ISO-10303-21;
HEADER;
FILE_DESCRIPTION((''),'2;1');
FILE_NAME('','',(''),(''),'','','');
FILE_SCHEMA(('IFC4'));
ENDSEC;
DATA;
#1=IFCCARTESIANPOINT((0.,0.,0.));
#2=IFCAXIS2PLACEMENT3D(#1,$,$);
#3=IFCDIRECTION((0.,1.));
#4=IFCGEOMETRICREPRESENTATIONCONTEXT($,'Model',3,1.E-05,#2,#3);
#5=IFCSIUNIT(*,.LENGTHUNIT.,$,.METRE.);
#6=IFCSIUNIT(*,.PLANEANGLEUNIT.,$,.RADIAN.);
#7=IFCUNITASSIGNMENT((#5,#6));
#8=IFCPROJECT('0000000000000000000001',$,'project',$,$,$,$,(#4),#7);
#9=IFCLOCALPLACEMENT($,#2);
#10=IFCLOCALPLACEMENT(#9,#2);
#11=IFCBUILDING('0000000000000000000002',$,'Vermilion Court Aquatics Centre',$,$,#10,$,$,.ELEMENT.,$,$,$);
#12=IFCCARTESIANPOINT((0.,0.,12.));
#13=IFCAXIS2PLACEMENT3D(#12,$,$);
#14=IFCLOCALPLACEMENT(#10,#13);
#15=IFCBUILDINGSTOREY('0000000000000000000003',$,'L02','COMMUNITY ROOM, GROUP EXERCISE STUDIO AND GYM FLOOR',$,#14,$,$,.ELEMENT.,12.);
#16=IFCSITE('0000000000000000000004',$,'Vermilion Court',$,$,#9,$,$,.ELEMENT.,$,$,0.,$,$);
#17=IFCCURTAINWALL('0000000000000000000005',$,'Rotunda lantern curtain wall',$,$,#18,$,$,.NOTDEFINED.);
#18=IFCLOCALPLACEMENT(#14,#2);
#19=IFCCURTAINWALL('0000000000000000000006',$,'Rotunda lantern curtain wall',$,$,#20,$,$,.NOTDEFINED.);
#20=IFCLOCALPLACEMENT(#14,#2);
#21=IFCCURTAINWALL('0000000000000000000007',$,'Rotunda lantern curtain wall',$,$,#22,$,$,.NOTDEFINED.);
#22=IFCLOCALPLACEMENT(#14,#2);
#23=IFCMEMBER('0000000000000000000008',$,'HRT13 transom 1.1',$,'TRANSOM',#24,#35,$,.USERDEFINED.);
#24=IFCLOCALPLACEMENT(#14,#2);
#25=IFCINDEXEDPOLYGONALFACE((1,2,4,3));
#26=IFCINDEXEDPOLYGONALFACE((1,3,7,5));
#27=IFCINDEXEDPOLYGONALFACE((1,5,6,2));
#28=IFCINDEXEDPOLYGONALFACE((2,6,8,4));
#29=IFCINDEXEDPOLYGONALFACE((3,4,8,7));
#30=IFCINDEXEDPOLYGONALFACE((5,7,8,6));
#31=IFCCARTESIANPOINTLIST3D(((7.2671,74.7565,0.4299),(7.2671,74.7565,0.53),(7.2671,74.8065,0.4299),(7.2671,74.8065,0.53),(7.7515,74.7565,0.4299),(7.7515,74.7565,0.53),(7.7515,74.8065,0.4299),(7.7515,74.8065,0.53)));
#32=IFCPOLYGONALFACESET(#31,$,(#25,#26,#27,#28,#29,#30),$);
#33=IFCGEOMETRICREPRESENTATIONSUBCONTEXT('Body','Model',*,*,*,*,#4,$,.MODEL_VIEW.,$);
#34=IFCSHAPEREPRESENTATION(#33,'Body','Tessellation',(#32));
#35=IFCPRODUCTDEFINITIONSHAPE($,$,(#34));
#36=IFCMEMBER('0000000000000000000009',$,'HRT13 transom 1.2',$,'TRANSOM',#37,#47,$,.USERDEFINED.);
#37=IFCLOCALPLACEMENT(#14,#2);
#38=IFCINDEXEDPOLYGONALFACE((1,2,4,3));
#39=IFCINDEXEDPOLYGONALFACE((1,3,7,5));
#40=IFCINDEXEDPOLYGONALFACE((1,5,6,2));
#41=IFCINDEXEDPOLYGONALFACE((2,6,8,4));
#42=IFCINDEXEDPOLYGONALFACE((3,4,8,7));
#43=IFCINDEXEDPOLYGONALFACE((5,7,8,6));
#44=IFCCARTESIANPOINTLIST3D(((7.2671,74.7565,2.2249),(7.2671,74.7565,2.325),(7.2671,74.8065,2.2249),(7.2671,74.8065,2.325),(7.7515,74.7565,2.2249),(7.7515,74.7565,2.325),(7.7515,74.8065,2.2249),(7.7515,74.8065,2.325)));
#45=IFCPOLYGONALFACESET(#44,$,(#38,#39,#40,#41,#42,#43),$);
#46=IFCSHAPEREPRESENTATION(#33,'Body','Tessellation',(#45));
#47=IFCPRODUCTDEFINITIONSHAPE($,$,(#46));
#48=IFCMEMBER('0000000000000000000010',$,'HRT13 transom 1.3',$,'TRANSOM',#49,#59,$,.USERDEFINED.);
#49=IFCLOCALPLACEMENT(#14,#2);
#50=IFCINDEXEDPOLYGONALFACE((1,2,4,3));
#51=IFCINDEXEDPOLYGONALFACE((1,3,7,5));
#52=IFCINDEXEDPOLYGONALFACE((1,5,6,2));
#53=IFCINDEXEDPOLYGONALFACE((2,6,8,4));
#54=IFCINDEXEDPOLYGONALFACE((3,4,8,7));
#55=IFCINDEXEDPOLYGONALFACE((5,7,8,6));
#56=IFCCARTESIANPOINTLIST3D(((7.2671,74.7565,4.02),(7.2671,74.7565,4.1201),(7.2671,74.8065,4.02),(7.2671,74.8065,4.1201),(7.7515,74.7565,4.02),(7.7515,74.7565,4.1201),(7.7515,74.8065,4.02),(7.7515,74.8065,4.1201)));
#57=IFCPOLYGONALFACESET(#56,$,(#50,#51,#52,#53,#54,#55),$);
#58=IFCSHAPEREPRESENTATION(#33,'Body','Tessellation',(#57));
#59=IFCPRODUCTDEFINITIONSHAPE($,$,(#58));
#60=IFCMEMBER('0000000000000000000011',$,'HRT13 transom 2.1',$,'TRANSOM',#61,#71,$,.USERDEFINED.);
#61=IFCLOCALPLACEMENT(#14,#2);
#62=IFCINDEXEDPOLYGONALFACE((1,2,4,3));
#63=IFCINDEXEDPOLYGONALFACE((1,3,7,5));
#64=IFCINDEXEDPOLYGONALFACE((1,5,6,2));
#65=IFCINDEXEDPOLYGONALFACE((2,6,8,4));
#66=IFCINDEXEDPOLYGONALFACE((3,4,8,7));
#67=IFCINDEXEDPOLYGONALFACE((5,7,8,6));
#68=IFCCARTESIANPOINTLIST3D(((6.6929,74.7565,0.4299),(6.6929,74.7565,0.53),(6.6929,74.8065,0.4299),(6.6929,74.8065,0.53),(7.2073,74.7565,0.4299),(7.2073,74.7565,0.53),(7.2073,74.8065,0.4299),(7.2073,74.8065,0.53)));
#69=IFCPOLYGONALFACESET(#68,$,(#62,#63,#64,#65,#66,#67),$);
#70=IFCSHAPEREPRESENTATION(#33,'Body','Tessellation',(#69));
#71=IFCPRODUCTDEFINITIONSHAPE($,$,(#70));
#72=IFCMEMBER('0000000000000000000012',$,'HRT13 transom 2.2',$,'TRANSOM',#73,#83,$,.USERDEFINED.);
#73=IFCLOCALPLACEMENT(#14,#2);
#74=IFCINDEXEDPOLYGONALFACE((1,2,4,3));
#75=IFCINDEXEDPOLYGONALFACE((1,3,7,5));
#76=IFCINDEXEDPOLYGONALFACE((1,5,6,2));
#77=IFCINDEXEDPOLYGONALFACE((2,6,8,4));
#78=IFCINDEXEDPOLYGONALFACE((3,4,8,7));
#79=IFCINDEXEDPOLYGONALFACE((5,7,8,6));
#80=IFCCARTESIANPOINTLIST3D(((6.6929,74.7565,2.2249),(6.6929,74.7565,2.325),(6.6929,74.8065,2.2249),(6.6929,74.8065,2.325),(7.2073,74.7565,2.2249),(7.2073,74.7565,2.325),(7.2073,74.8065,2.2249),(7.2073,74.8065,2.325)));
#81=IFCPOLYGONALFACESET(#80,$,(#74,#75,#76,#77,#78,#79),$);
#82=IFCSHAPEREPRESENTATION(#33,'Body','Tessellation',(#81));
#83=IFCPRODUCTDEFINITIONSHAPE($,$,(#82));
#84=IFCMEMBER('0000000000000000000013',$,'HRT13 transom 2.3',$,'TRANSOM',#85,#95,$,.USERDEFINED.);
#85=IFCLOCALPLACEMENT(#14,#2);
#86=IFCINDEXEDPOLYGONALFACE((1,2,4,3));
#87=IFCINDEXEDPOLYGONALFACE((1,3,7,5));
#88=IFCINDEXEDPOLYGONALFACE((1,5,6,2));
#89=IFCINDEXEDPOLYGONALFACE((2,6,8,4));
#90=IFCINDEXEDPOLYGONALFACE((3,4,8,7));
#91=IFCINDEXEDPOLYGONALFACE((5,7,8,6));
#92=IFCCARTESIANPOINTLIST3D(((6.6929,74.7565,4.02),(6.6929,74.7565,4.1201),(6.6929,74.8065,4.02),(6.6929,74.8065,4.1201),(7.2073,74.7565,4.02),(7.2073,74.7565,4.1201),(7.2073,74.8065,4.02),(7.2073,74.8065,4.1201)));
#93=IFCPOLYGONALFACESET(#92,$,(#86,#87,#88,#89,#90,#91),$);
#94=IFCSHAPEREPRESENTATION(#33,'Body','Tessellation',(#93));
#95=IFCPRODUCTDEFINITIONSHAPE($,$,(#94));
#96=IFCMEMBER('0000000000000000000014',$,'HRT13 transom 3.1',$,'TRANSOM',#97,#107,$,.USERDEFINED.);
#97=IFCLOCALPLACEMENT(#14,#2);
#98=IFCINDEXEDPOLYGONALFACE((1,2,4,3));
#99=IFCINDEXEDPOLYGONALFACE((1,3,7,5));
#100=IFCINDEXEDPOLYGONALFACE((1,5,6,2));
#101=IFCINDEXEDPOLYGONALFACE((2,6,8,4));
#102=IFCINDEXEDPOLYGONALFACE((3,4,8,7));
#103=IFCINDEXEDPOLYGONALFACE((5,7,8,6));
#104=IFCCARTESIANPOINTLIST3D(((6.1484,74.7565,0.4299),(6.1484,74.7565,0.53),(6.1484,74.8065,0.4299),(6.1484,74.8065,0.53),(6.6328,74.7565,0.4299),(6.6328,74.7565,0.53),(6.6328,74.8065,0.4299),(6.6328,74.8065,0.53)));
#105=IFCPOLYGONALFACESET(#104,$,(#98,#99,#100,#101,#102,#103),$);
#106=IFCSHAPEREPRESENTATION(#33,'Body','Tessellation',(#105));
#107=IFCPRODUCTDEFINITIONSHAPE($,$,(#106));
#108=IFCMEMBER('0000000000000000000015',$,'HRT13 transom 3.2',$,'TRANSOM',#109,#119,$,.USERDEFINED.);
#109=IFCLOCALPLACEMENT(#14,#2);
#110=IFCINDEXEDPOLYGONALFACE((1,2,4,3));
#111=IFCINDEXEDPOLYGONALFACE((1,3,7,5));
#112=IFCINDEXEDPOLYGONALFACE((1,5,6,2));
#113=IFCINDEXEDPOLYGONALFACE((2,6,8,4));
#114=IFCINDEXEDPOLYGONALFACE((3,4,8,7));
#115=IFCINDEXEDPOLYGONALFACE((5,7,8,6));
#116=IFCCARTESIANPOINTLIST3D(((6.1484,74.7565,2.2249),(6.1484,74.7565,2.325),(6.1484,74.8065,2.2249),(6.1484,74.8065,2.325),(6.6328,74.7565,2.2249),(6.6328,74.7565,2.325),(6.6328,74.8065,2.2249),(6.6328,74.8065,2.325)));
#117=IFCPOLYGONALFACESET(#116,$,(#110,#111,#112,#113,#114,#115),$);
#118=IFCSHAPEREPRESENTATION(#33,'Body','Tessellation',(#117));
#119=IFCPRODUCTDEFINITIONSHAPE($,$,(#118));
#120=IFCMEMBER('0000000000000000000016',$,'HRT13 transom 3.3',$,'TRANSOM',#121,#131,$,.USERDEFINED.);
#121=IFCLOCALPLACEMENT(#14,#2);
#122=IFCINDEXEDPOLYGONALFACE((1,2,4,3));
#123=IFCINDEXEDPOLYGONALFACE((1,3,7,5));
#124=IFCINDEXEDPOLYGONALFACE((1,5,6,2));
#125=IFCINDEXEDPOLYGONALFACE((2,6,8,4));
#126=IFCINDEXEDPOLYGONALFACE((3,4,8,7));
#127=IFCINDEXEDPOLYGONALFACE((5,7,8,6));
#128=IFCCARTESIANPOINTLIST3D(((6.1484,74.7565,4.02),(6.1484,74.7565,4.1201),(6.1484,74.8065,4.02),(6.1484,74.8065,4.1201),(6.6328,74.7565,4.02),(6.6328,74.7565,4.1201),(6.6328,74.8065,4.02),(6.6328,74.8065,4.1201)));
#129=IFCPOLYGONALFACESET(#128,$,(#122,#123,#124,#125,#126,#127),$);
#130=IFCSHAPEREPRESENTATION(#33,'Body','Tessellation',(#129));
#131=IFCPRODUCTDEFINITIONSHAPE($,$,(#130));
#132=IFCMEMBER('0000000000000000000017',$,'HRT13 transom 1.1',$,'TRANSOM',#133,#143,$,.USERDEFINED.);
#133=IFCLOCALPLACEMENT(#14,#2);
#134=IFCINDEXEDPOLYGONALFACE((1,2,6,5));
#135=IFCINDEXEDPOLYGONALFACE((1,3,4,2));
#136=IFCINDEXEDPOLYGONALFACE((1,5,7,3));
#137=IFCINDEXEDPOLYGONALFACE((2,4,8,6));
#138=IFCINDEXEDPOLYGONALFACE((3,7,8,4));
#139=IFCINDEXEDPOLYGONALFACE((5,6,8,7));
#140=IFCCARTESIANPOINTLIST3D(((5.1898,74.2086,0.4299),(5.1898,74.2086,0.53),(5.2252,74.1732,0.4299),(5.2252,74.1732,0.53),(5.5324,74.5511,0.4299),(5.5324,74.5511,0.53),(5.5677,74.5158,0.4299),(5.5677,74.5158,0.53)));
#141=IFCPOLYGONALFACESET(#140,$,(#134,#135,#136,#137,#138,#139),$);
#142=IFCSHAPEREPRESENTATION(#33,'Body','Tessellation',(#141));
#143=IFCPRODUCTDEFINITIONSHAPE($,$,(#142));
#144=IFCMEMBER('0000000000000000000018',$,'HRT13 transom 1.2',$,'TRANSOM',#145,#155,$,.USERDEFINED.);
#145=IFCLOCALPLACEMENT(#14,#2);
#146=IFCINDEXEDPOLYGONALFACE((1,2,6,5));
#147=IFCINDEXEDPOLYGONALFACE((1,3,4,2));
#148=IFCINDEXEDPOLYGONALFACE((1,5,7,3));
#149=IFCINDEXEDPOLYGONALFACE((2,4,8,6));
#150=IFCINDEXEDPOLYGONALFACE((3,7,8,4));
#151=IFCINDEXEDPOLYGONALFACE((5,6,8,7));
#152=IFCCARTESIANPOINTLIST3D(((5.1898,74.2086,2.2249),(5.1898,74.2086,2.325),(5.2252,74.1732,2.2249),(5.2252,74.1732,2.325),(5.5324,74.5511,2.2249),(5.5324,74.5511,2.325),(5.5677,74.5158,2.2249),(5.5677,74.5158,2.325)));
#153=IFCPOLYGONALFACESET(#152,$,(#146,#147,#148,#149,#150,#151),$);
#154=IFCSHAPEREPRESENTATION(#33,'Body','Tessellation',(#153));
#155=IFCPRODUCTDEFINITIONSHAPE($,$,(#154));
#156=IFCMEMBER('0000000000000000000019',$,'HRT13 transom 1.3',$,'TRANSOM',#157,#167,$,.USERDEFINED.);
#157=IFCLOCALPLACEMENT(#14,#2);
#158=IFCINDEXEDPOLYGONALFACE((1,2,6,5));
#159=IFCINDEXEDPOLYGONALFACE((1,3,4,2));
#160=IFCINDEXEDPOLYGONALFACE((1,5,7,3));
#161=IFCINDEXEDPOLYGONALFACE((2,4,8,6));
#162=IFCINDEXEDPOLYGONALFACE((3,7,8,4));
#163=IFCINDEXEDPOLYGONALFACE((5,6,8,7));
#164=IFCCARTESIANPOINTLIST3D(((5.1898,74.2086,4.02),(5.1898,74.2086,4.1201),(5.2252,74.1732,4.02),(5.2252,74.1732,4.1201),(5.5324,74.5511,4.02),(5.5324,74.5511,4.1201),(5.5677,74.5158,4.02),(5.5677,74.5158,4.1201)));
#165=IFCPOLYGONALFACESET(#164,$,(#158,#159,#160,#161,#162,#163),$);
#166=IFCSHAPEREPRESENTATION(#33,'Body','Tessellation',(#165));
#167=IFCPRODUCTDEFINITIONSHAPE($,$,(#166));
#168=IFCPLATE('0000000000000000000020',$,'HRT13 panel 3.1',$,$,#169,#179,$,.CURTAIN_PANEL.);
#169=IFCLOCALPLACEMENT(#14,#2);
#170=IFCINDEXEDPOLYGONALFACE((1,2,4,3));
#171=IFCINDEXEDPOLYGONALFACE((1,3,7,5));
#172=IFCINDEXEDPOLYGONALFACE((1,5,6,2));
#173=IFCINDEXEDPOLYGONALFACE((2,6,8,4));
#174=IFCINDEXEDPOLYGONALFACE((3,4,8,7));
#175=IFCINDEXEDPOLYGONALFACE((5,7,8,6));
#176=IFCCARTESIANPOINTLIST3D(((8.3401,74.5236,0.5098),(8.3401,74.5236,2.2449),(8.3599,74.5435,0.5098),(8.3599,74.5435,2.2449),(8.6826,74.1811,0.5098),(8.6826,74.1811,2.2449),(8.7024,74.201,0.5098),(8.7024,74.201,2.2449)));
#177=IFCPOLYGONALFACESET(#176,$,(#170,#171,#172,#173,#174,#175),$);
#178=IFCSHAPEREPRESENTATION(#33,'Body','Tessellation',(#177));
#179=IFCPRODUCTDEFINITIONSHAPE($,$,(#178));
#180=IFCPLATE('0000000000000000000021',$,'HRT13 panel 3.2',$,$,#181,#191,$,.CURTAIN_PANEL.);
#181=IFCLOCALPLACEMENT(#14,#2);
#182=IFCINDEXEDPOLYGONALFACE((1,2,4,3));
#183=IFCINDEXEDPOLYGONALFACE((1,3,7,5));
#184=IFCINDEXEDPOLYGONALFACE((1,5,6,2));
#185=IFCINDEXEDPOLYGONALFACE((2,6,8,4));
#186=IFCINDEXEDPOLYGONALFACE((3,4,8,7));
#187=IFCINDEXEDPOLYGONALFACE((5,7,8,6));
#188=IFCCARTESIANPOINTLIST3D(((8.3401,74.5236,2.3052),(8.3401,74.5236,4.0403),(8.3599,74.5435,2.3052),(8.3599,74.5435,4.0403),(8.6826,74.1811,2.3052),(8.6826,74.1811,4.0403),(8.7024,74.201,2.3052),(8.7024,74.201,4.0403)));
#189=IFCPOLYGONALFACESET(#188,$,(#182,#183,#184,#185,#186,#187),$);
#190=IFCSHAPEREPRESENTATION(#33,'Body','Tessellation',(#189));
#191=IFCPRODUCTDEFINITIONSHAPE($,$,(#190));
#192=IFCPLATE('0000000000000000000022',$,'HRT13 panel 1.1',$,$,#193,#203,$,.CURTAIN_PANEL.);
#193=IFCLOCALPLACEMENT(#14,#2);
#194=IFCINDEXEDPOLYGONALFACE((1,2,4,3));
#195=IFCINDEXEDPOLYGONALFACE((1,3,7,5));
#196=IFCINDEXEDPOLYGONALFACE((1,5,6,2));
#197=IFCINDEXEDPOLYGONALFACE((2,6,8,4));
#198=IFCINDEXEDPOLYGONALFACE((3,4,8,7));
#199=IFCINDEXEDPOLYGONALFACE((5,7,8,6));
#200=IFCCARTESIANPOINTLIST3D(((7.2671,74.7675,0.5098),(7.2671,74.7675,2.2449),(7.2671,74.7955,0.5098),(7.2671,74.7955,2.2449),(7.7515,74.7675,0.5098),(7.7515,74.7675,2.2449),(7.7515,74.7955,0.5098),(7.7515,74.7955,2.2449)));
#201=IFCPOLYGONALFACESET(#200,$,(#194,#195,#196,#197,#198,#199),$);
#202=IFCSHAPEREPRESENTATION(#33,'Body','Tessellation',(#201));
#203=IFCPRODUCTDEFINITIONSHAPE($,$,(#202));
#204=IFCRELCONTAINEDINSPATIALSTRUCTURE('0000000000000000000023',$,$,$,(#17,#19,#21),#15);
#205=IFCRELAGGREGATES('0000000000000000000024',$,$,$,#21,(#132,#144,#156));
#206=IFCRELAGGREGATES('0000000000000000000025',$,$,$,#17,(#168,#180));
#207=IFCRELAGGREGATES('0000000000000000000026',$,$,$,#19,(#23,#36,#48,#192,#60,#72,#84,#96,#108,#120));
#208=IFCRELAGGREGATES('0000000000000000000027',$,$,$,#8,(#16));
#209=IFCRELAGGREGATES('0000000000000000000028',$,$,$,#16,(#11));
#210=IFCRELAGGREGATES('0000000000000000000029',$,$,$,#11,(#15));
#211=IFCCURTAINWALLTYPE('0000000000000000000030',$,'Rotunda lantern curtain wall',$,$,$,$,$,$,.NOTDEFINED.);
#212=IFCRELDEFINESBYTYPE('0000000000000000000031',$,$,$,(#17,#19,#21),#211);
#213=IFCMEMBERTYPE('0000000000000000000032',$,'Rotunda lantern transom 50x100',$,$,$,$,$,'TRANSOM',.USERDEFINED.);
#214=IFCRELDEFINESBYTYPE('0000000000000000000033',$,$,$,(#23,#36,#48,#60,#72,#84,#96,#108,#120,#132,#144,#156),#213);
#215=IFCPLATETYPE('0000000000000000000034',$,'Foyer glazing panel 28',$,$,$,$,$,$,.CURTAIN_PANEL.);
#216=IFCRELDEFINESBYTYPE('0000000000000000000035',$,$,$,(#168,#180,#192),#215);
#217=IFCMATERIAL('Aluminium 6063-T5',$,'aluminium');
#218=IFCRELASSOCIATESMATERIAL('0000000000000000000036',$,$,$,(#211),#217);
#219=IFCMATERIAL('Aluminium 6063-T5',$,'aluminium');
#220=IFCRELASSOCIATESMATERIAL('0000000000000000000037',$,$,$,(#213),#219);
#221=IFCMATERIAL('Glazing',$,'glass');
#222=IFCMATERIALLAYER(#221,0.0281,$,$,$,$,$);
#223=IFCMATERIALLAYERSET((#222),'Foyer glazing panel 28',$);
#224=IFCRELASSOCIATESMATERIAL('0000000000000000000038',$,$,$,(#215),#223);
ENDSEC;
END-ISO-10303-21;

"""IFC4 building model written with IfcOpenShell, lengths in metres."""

from ifc_helpers import new_model, si_unit, direction, frame, origin, origin_2d, place, context, subcontext, project, spatial, rectangle, extrude, material, layer, layer_set, material_profile, profile_set, type_object, element, aggregate, save


model = new_model("IFC4")

# Units and contexts
model_context = context("Model", 3, precision=1e-05, world=origin(), true_north=direction((0.0, 1.0)))
body_context = subcontext(model_context, "Body", "Model", "MODEL_VIEW")
ifc_project = project(units=[si_unit("LENGTHUNIT", "METRE"), si_unit("PLANEANGLEUNIT", "RADIAN")], contexts=[model_context])

# Site, building, storey
site_placement = place(None, origin())
site = spatial("IfcSite", under=ifc_project, at=site_placement, Name="Vermilion Court", CompositionType="ELEMENT", RefElevation=0.0)
building_placement = place(site_placement, origin())
building = spatial("IfcBuilding", under=site, at=building_placement, Name="Vermilion Court Aquatics Centre", CompositionType="ELEMENT")
storey_placement = place(building_placement, frame((0.0, 0.0, 12.0)))
storey = spatial("IfcBuildingStorey", under=building, at=storey_placement, Name="L02", Description="COMMUNITY ROOM, GROUP EXERCISE STUDIO AND GYM FLOOR", CompositionType="ELEMENT", Elevation=12.0)

# Curtain walls
ifc_material_1 = material(Name="Aluminium 6063-T5", Category="aluminium")
curtain_wall_type = type_object("IfcCurtainWallType", Name="Rotunda lantern curtain wall", PredefinedType="NOTDEFINED", material=ifc_material_1)
curtain_wall_1_placement = place(storey_placement, origin())
curtain_wall_1 = element("IfcCurtainWall", 1, at=curtain_wall_1_placement, inside=storey, type_object=curtain_wall_type, Name="Rotunda lantern curtain wall", PredefinedType="NOTDEFINED")
curtain_wall_2_placement = place(storey_placement, origin())
curtain_wall_2 = element("IfcCurtainWall", 2, at=curtain_wall_2_placement, inside=storey, type_object=curtain_wall_type, Name="Rotunda lantern curtain wall", PredefinedType="NOTDEFINED")

# Curtain wall
curtain_wall_3_placement = place(storey_placement, origin())
curtain_wall_3 = element("IfcCurtainWall", 3, at=curtain_wall_3_placement, inside=storey, type_object=curtain_wall_type, Name="Rotunda lantern curtain wall", PredefinedType="NOTDEFINED")

# Members
ifc_material_2 = material(Name="Aluminium 6063-T5", Category="aluminium")
ifc_material_profile_1 = material_profile(ifc_material_2, rectangle(XDim=0.05, YDim=0.1001, at=origin_2d()), Name="Aluminium 50x100")
ifc_profile_set_1 = profile_set([ifc_material_profile_1], Name="Aluminium 6063-T5")
member_type_1 = type_object("IfcMemberType", Name="Rotunda lantern transom 50x100", ElementType="TRANSOM", PredefinedType="USERDEFINED", material=ifc_profile_set_1)
member_1_placement = place(storey_placement, frame((7.7515, 74.7815, 0.48), z_axis=(-1.0, 0.0, 0.0), x_axis=(0.0, -1.0, 0.0)))
member_1 = element("IfcMember", 4, at=member_1_placement, type_object=member_type_1, Name="HRT13 transom 1.1", ObjectType="TRANSOM", PredefinedType="USERDEFINED", context=body_context, shape_type="SweptSolid", body=[
    extrude(rectangle(XDim=0.05, YDim=0.1001, at=origin_2d()), origin(), (0.0, 0.0, 1.0), 0.4844),
])
member_2_placement = place(storey_placement, frame((7.7515, 74.7815, 2.2749), z_axis=(-1.0, 0.0, 0.0), x_axis=(0.0, -1.0, 0.0)))
member_2 = element("IfcMember", 5, at=member_2_placement, type_object=member_type_1, Name="HRT13 transom 1.2", ObjectType="TRANSOM", PredefinedType="USERDEFINED", context=body_context, shape_type="SweptSolid", body=[
    extrude(rectangle(XDim=0.05, YDim=0.1001, at=origin_2d()), origin(), (0.0, 0.0, 1.0), 0.4844),
])
member_3_placement = place(storey_placement, frame((7.7515, 74.7815, 4.0701), z_axis=(-1.0, 0.0, 0.0), x_axis=(0.0, -1.0, 0.0)))
member_3 = element("IfcMember", 6, at=member_3_placement, type_object=member_type_1, Name="HRT13 transom 1.3", ObjectType="TRANSOM", PredefinedType="USERDEFINED", context=body_context, shape_type="SweptSolid", body=[
    extrude(rectangle(XDim=0.05, YDim=0.1001, at=origin_2d()), origin(), (0.0, 0.0, 1.0), 0.4844),
])
member_4_placement = place(storey_placement, frame((7.2073, 74.7815, 0.48), z_axis=(-1.0, 0.0, 0.0), x_axis=(0.0, -1.0, 0.0)))
member_4 = element("IfcMember", 7, at=member_4_placement, type_object=member_type_1, Name="HRT13 transom 2.1", ObjectType="TRANSOM", PredefinedType="USERDEFINED", context=body_context, shape_type="SweptSolid", body=[
    extrude(rectangle(XDim=0.05, YDim=0.1001, at=origin_2d()), origin(), (0.0, 0.0, 1.0), 0.5144),
])
member_5_placement = place(storey_placement, frame((7.2073, 74.7815, 2.2749), z_axis=(-1.0, 0.0, 0.0), x_axis=(0.0, -1.0, 0.0)))
member_5 = element("IfcMember", 8, at=member_5_placement, type_object=member_type_1, Name="HRT13 transom 2.2", ObjectType="TRANSOM", PredefinedType="USERDEFINED", context=body_context, shape_type="SweptSolid", body=[
    extrude(rectangle(XDim=0.05, YDim=0.1001, at=origin_2d()), origin(), (0.0, 0.0, 1.0), 0.5144),
])
member_6_placement = place(storey_placement, frame((7.2073, 74.7815, 4.0701), z_axis=(-1.0, 0.0, 0.0), x_axis=(0.0, -1.0, 0.0)))
member_6 = element("IfcMember", 9, at=member_6_placement, type_object=member_type_1, Name="HRT13 transom 2.3", ObjectType="TRANSOM", PredefinedType="USERDEFINED", context=body_context, shape_type="SweptSolid", body=[
    extrude(rectangle(XDim=0.05, YDim=0.1001, at=origin_2d()), origin(), (0.0, 0.0, 1.0), 0.5144),
])
member_7_placement = place(storey_placement, frame((6.6328, 74.7815, 0.48), z_axis=(-1.0, 0.0, 0.0), x_axis=(0.0, -1.0, 0.0)))
member_7 = element("IfcMember", 10, at=member_7_placement, type_object=member_type_1, Name="HRT13 transom 3.1", ObjectType="TRANSOM", PredefinedType="USERDEFINED", context=body_context, shape_type="SweptSolid", body=[
    extrude(rectangle(XDim=0.05, YDim=0.1001, at=origin_2d()), origin(), (0.0, 0.0, 1.0), 0.4844),
])
member_8_placement = place(storey_placement, frame((6.6328, 74.7815, 2.2749), z_axis=(-1.0, 0.0, 0.0), x_axis=(0.0, -1.0, 0.0)))
member_8 = element("IfcMember", 11, at=member_8_placement, type_object=member_type_1, Name="HRT13 transom 3.2", ObjectType="TRANSOM", PredefinedType="USERDEFINED", context=body_context, shape_type="SweptSolid", body=[
    extrude(rectangle(XDim=0.05, YDim=0.1001, at=origin_2d()), origin(), (0.0, 0.0, 1.0), 0.4844),
])
member_9_placement = place(storey_placement, frame((6.6328, 74.7815, 4.0701), z_axis=(-1.0, 0.0, 0.0), x_axis=(0.0, -1.0, 0.0)))
member_9 = element("IfcMember", 12, at=member_9_placement, type_object=member_type_1, Name="HRT13 transom 3.3", ObjectType="TRANSOM", PredefinedType="USERDEFINED", context=body_context, shape_type="SweptSolid", body=[
    extrude(rectangle(XDim=0.05, YDim=0.1001, at=origin_2d()), origin(), (0.0, 0.0, 1.0), 0.4844),
])
member_10_placement = place(storey_placement, frame((5.55, 74.5334, 0.48), z_axis=(-0.707107, -0.707107, 0.0), x_axis=(0.707107, -0.707107, 0.0)))
member_10 = element("IfcMember", 13, at=member_10_placement, type_object=member_type_1, Name="HRT13 transom 1.1", ObjectType="TRANSOM", PredefinedType="USERDEFINED", context=body_context, shape_type="SweptSolid", body=[
    extrude(rectangle(XDim=0.05, YDim=0.1001, at=origin_2d()), origin(), (0.0, 0.0, 1.0), 0.4844),
])
member_11_placement = place(storey_placement, frame((5.55, 74.5334, 2.2749), z_axis=(-0.707107, -0.707107, 0.0), x_axis=(0.707107, -0.707107, 0.0)))
member_11 = element("IfcMember", 14, at=member_11_placement, type_object=member_type_1, Name="HRT13 transom 1.2", ObjectType="TRANSOM", PredefinedType="USERDEFINED", context=body_context, shape_type="SweptSolid", body=[
    extrude(rectangle(XDim=0.05, YDim=0.1001, at=origin_2d()), origin(), (0.0, 0.0, 1.0), 0.4844),
])
member_12_placement = place(storey_placement, frame((5.55, 74.5334, 4.0701), z_axis=(-0.707107, -0.707107, 0.0), x_axis=(0.707107, -0.707107, 0.0)))
member_12 = element("IfcMember", 15, at=member_12_placement, type_object=member_type_1, Name="HRT13 transom 1.3", ObjectType="TRANSOM", PredefinedType="USERDEFINED", context=body_context, shape_type="SweptSolid", body=[
    extrude(rectangle(XDim=0.05, YDim=0.1001, at=origin_2d()), origin(), (0.0, 0.0, 1.0), 0.4844),
])
aggregate(curtain_wall_3, [member_10, member_11, member_12])

# Plates
ifc_material_3 = material(Name="Glazing", Category="glass")
ifc_layer_1 = layer(ifc_material_3, 0.0281)
ifc_layer_set_1 = layer_set([ifc_layer_1], Name="Foyer glazing panel 28")
plate_type = type_object("IfcPlateType", Name="Foyer glazing panel 28", PredefinedType="CURTAIN_PANEL", material=ifc_layer_set_1)
plate_1_placement = place(storey_placement, frame((8.5212, 74.3623, 0.5098), z_axis=(0.0, 0.0, 1.0), x_axis=(-0.707107, 0.707107, 0.0)))
plate_1 = element("IfcPlate", 16, at=plate_1_placement, type_object=plate_type, Name="HRT13 panel 3.1", PredefinedType="CURTAIN_PANEL", context=body_context, shape_type="SweptSolid", body=[
    extrude(rectangle(XDim=0.4844, YDim=0.0281, at=origin_2d()), origin(), (0.0, 0.0, 1.0), 1.7351),
])
plate_2_placement = place(storey_placement, frame((8.5212, 74.3623, 2.3052), z_axis=(0.0, 0.0, 1.0), x_axis=(-0.707107, 0.707107, 0.0)))
plate_2 = element("IfcPlate", 17, at=plate_2_placement, type_object=plate_type, Name="HRT13 panel 3.2", PredefinedType="CURTAIN_PANEL", context=body_context, shape_type="SweptSolid", body=[
    extrude(rectangle(XDim=0.4844, YDim=0.0281, at=origin_2d()), origin(), (0.0, 0.0, 1.0), 1.7351),
])
aggregate(curtain_wall_1, [plate_1, plate_2])
plate_3_placement = place(storey_placement, frame((7.5093, 74.7815, 0.5098), z_axis=(0.0, 0.0, 1.0), x_axis=(-1.0, 0.0, 0.0)))
plate_3 = element("IfcPlate", 18, at=plate_3_placement, type_object=plate_type, Name="HRT13 panel 1.1", PredefinedType="CURTAIN_PANEL", context=body_context, shape_type="SweptSolid", body=[
    extrude(rectangle(XDim=0.4844, YDim=0.0281, at=origin_2d()), origin(), (0.0, 0.0, 1.0), 1.7351),
])
aggregate(curtain_wall_2, [member_1, member_2, member_3, plate_3, member_4, member_5, member_6, member_7, member_8, member_9])

save(model, "model.ifc")
